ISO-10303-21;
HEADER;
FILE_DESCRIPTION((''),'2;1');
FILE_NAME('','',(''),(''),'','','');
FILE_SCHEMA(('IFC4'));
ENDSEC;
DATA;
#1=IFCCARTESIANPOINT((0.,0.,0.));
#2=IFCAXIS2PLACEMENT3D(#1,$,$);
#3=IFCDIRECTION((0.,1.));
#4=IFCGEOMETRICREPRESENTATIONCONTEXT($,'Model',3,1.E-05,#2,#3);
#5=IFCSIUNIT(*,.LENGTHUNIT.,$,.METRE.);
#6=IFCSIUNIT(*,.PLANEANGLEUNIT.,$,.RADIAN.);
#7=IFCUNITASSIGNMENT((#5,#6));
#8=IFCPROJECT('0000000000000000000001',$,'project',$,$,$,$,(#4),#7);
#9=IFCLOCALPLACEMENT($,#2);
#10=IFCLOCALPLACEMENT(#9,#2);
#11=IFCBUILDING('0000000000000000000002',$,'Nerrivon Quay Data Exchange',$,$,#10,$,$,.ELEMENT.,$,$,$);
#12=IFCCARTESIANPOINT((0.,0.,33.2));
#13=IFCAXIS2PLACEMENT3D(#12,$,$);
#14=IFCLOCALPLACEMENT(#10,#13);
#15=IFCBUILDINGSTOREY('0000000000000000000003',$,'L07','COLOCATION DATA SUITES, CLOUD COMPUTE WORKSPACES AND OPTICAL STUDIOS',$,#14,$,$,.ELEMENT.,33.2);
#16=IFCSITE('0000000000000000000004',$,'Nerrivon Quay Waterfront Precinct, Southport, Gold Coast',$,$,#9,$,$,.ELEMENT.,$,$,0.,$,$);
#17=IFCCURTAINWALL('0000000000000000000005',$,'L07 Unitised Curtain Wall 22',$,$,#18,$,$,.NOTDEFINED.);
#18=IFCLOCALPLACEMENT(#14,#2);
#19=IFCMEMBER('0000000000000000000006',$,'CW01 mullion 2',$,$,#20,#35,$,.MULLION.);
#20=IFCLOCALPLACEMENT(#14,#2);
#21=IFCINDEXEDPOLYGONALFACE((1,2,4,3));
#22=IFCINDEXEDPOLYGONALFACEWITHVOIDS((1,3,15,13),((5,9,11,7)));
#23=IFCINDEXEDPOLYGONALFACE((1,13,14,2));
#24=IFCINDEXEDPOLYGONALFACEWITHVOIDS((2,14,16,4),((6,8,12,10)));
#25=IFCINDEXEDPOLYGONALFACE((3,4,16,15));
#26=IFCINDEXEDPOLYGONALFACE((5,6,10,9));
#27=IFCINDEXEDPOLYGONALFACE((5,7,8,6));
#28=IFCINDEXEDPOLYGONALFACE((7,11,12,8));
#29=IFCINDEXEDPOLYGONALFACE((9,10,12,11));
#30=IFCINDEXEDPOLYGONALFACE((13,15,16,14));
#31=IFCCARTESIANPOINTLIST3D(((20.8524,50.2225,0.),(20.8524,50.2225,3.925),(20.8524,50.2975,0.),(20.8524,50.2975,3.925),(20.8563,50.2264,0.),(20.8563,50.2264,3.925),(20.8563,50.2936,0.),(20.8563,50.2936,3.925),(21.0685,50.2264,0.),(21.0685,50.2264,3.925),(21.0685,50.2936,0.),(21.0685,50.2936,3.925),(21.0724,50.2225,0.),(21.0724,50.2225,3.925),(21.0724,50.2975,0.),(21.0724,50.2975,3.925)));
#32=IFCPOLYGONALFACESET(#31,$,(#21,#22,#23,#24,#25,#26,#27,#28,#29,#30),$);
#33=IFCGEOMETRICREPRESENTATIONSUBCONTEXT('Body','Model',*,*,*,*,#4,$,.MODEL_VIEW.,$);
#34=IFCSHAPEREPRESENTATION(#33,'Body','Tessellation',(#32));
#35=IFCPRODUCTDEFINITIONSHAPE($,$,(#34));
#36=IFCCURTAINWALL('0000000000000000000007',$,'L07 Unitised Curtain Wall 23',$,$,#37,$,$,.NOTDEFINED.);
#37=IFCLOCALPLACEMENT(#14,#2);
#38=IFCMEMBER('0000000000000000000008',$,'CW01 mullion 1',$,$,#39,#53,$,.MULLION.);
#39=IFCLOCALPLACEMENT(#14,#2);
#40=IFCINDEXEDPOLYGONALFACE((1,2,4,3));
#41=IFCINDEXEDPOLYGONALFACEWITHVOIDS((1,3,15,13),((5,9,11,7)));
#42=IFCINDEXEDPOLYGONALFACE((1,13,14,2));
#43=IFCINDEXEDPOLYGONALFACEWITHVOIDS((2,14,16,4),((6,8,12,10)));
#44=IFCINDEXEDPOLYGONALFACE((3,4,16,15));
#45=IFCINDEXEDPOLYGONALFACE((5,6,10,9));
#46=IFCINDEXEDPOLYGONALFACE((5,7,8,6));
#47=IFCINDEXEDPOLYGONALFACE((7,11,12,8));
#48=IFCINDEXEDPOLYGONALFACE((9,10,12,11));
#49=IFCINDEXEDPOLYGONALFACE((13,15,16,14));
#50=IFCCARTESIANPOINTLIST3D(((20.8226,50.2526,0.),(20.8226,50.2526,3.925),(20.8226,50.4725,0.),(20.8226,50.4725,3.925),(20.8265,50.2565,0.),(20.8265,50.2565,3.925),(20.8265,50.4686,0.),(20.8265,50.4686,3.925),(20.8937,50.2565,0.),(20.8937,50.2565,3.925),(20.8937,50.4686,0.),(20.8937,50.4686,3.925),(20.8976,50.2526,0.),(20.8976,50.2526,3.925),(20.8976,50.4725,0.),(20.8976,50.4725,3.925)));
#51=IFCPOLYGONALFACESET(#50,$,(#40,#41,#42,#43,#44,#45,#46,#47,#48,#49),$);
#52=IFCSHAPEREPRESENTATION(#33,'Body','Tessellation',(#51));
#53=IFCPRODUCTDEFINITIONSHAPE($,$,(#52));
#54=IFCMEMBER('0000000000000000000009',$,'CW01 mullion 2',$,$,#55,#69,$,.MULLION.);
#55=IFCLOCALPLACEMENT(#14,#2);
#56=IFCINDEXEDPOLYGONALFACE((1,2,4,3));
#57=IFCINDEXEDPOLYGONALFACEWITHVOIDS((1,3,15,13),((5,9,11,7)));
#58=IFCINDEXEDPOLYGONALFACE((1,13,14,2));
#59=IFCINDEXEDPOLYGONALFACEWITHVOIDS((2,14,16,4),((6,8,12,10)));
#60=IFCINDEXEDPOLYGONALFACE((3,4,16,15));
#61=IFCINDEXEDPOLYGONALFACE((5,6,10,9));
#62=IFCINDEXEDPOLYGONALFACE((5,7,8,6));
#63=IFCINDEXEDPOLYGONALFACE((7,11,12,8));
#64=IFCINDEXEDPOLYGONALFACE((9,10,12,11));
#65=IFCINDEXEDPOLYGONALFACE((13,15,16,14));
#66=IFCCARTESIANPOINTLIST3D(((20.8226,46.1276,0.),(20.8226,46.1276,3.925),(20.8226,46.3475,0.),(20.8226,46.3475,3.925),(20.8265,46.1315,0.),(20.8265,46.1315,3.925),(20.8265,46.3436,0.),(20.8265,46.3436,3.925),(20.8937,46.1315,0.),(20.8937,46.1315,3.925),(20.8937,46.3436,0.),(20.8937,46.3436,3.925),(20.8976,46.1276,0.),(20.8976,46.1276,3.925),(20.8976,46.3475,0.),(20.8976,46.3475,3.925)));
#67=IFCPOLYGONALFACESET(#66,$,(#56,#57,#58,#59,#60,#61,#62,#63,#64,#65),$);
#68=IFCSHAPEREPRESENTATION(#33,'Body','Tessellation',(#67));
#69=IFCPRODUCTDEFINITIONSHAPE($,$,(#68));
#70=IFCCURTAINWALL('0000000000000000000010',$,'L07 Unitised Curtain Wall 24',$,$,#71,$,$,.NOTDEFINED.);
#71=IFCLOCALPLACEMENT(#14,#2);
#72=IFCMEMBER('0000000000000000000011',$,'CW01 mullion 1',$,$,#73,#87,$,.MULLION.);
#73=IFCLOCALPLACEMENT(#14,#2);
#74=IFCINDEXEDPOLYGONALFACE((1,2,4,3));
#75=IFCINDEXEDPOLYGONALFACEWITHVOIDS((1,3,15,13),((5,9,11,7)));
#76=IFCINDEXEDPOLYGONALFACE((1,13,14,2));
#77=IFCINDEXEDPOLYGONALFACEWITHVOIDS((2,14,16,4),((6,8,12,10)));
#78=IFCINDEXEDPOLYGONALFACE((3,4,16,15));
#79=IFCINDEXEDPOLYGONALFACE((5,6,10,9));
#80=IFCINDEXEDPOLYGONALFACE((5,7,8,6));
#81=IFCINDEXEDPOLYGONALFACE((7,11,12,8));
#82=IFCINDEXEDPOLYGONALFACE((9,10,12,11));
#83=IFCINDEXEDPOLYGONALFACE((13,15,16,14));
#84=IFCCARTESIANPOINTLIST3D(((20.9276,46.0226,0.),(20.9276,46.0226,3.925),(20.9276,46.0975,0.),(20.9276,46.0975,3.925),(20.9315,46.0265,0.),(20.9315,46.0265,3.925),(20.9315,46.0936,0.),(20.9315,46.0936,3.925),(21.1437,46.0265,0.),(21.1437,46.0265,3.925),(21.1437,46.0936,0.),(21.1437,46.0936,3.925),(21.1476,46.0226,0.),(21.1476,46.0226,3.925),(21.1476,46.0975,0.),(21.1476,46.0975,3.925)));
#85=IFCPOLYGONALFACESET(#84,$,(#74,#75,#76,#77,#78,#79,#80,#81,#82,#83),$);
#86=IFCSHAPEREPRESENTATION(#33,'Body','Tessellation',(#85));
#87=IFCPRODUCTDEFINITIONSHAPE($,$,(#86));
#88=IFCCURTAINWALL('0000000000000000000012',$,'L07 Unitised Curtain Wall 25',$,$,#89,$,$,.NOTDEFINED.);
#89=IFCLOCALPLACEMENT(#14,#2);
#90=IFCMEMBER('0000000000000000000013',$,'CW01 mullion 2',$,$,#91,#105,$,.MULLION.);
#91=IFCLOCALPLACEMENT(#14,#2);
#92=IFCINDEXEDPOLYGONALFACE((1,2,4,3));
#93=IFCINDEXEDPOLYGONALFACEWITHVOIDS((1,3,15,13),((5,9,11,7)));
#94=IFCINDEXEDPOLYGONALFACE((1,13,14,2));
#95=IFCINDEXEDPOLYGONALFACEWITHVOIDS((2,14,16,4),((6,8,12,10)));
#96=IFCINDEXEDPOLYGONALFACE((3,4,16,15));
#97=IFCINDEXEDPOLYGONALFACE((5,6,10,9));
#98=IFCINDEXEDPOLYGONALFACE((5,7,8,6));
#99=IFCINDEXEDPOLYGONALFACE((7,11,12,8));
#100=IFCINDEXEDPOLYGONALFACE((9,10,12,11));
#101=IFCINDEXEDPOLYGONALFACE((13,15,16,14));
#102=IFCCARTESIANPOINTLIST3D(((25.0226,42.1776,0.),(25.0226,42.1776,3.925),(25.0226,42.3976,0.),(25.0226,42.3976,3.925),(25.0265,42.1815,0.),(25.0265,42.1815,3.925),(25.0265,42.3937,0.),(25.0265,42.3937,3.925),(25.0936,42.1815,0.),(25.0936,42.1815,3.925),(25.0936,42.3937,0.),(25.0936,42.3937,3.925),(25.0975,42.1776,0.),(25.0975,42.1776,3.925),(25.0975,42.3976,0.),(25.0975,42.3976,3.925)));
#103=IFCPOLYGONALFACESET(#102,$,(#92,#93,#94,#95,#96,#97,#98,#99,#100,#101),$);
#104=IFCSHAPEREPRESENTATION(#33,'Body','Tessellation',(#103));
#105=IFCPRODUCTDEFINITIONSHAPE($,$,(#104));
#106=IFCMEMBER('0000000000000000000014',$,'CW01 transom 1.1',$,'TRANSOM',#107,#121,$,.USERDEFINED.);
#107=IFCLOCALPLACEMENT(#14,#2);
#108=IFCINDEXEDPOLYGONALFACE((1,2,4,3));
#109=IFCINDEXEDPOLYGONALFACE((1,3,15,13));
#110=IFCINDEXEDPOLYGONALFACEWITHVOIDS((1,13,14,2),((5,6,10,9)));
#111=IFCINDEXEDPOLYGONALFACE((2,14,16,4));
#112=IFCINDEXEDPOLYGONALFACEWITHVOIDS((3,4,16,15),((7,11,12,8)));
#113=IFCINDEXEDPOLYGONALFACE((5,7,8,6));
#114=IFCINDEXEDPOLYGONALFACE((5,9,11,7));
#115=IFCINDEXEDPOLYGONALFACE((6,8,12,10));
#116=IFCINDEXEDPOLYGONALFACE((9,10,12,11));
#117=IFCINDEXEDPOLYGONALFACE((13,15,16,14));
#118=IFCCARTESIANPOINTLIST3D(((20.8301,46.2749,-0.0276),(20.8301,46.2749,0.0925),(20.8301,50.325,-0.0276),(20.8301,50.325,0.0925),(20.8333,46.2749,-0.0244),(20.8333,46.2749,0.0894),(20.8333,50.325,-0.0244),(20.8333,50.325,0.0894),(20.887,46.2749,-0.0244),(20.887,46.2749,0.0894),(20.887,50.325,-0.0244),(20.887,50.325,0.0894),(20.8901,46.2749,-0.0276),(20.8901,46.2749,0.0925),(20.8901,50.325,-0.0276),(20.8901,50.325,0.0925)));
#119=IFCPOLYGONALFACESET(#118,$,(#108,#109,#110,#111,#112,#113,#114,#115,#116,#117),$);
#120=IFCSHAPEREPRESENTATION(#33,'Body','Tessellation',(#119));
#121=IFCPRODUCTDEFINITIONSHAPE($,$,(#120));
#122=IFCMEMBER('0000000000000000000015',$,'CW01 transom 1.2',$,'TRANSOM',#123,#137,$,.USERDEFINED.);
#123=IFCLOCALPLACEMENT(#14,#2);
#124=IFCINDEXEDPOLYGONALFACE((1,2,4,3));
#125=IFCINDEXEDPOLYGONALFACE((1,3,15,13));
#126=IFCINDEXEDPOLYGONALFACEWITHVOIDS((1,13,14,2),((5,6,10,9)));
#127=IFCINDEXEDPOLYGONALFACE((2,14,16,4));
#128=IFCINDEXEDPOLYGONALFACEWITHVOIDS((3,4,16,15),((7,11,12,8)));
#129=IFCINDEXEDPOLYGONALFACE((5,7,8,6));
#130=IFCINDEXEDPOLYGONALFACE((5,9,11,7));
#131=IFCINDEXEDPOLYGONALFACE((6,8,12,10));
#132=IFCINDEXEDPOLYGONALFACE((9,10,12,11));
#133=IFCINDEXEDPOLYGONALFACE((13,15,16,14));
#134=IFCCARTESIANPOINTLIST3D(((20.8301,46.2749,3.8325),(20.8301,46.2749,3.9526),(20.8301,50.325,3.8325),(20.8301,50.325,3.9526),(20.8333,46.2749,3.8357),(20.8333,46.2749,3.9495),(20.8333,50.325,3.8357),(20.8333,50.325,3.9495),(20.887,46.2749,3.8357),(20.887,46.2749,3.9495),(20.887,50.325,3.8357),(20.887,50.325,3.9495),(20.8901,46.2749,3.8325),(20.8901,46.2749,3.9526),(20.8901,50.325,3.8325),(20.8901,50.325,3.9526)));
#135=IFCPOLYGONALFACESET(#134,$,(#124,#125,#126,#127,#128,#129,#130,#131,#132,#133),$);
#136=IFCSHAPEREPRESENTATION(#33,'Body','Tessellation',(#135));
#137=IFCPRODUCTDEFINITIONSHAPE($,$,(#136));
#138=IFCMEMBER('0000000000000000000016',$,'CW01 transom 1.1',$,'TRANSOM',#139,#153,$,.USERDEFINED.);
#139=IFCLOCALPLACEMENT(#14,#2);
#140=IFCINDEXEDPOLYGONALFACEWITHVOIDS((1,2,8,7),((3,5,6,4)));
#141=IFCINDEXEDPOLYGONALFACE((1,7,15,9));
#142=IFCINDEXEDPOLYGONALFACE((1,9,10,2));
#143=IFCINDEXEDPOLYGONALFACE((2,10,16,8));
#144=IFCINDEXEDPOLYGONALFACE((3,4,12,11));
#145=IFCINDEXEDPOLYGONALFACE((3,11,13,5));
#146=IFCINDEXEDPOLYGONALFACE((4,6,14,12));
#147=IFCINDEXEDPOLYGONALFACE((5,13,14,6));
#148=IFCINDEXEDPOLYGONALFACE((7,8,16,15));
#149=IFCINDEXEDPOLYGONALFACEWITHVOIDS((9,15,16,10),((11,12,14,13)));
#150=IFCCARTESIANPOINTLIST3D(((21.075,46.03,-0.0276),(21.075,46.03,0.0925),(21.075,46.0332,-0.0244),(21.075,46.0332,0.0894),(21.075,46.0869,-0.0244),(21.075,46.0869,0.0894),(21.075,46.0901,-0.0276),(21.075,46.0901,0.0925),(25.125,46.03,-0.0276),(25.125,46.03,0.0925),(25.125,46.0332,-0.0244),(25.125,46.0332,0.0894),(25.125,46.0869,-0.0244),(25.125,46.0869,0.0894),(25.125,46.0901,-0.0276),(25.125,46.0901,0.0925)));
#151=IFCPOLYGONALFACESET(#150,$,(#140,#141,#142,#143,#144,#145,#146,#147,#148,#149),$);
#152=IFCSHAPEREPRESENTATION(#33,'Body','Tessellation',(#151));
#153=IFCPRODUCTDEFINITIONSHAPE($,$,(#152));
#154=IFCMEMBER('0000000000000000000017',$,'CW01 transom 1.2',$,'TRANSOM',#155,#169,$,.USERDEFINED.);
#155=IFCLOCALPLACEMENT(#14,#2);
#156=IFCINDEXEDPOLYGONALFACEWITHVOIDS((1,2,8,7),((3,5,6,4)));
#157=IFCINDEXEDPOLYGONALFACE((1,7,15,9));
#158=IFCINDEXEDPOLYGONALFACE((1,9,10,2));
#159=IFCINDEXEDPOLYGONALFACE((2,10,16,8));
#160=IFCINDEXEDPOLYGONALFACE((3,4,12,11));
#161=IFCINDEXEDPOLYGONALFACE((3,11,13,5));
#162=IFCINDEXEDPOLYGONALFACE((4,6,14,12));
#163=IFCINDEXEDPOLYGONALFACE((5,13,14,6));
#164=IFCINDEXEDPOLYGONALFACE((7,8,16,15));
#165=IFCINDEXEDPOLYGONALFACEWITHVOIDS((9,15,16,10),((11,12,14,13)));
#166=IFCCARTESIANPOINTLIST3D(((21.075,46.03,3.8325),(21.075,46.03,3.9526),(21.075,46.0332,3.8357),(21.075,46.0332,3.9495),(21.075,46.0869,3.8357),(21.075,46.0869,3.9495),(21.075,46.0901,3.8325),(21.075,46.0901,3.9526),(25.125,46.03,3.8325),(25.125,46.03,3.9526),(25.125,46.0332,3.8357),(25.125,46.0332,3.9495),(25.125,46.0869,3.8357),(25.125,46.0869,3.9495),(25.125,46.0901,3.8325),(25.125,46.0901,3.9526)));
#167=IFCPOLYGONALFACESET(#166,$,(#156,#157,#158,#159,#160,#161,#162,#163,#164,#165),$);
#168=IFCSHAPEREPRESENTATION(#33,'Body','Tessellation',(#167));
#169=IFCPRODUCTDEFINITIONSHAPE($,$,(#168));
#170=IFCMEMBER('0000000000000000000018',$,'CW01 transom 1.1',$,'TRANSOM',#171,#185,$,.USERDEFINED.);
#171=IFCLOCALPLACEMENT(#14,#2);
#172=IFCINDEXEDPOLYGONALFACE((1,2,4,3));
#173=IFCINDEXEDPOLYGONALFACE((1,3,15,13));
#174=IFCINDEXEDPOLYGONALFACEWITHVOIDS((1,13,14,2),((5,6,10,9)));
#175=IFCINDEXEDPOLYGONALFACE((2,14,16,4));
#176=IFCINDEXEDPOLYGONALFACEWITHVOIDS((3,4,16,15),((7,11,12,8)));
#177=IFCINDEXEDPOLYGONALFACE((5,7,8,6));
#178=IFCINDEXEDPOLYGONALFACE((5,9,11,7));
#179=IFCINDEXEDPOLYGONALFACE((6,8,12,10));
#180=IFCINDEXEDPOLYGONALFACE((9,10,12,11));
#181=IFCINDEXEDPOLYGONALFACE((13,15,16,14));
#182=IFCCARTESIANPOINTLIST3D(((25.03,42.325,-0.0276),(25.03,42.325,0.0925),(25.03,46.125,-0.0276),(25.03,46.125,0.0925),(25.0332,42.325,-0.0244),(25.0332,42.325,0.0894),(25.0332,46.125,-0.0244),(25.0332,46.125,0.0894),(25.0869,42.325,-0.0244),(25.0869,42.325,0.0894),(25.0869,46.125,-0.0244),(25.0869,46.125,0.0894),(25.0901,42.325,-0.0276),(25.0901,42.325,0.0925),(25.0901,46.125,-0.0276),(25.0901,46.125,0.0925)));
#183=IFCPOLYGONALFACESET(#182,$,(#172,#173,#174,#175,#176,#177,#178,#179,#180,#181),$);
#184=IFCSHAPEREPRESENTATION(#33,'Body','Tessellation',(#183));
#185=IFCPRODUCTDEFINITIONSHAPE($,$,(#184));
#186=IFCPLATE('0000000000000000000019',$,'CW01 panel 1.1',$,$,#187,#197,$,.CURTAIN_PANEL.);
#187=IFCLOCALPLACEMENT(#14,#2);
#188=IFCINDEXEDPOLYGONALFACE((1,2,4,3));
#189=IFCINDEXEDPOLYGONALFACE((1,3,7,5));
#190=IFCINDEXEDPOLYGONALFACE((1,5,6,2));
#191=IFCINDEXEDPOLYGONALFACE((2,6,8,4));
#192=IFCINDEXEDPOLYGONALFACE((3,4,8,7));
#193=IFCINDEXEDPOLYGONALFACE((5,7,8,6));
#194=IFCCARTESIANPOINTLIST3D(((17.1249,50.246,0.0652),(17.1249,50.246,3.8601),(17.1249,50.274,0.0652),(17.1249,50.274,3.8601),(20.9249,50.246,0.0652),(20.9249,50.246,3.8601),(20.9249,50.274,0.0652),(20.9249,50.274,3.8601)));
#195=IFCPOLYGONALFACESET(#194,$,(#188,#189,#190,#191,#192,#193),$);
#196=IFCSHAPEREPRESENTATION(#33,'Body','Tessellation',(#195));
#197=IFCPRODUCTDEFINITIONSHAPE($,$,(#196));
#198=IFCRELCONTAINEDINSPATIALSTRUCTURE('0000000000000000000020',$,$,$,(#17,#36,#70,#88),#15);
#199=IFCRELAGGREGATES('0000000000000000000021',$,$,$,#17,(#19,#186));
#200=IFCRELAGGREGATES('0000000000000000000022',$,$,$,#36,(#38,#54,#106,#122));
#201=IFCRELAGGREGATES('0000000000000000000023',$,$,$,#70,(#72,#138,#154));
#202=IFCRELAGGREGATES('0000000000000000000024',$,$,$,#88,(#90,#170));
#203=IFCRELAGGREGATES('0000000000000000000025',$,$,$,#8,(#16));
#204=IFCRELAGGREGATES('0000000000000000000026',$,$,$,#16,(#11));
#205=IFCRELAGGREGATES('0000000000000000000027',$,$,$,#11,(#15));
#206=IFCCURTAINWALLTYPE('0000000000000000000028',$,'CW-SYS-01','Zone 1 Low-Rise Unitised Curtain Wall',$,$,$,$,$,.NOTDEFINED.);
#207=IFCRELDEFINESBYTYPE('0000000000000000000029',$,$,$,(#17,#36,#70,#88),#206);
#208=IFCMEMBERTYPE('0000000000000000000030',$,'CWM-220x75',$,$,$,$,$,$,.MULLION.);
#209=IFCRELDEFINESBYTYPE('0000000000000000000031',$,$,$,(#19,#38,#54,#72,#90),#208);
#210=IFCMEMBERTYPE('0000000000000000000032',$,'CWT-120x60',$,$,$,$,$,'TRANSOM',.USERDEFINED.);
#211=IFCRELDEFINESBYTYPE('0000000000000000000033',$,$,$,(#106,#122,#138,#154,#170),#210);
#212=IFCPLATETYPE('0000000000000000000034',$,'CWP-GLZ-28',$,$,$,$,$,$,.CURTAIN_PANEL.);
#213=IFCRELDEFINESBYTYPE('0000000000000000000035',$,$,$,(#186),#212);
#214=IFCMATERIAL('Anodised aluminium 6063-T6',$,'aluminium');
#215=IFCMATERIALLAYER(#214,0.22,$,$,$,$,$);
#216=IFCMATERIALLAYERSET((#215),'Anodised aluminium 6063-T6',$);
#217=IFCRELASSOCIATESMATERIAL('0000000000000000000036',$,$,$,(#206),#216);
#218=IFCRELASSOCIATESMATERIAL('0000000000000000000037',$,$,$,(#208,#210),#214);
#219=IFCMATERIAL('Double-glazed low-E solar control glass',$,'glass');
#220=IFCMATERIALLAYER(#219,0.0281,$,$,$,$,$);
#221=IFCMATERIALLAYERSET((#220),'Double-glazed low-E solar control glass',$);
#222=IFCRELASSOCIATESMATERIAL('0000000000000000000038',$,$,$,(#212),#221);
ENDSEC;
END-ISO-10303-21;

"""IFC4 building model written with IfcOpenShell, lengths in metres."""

from ifc_helpers import new_model, si_unit, direction, frame, origin, origin_2d, place, context, subcontext, project, spatial, rectangle, hollow_rectangle, extrude, material, layer, layer_set, material_profile, profile_set, type_object, element, aggregate, save


model = new_model("IFC4")

# Units and contexts
model_context = context("Model", 3, precision=1e-05, world=origin(), true_north=direction((0.0, 1.0)))
body_context = subcontext(model_context, "Body", "Model", "MODEL_VIEW")
ifc_project = project(units=[si_unit("LENGTHUNIT", "METRE"), si_unit("PLANEANGLEUNIT", "RADIAN")], contexts=[model_context])

# Site, building, storey
site_placement = place(None, origin())
site = spatial("IfcSite", under=ifc_project, at=site_placement, Name="Nerrivon Quay Waterfront Precinct, Southport, Gold Coast", CompositionType="ELEMENT", RefElevation=0.0)
building_placement = place(site_placement, origin())
building = spatial("IfcBuilding", under=site, at=building_placement, Name="Nerrivon Quay Data Exchange", CompositionType="ELEMENT")
storey_placement = place(building_placement, frame((0.0, 0.0, 33.2)))
storey = spatial("IfcBuildingStorey", under=building, at=storey_placement, Name="L07", Description="COLOCATION DATA SUITES, CLOUD COMPUTE WORKSPACES AND OPTICAL STUDIOS", CompositionType="ELEMENT", Elevation=33.2)

# Curtain wall, member
ifc_material_1 = material(Name="Anodised aluminium 6063-T6", Category="aluminium")
ifc_layer_1 = layer(ifc_material_1, 0.22)
ifc_layer_set_1 = layer_set([ifc_layer_1], Name="Anodised aluminium 6063-T6")
curtain_wall_type = type_object("IfcCurtainWallType", Name="CW-SYS-01", Description="Zone 1 Low-Rise Unitised Curtain Wall", PredefinedType="NOTDEFINED", material=ifc_layer_set_1)
curtain_wall_1_placement = place(storey_placement, origin())
curtain_wall_1 = element("IfcCurtainWall", 1, at=curtain_wall_1_placement, inside=storey, type_object=curtain_wall_type, Name="L07 Unitised Curtain Wall 22", PredefinedType="NOTDEFINED")
ifc_material_profile_1 = material_profile(ifc_material_1, hollow_rectangle(XDim=0.075, YDim=0.22, WallThickness=0.0039, at=origin_2d()), Name="ALU-MULL-220x75")
ifc_profile_set_1 = profile_set([ifc_material_profile_1], Name="Anodised aluminium 6063-T6")
member_type_1 = type_object("IfcMemberType", Name="CWM-220x75", PredefinedType="MULLION", material=ifc_profile_set_1)
member_1_placement = place(storey_placement, frame((20.9624, 50.26, 0.0), z_axis=(0.0, 0.0, 1.0), x_axis=(0.0, 1.0, 0.0)))
member_1 = element("IfcMember", 2, at=member_1_placement, type_object=member_type_1, Name="CW01 mullion 2", PredefinedType="MULLION", context=body_context, shape_type="SweptSolid", body=[
    extrude(hollow_rectangle(XDim=0.075, YDim=0.22, WallThickness=0.0039, at=origin_2d()), origin(), (0.0, 0.0, 1.0), 3.925),
])

# Curtain wall, members
curtain_wall_2_placement = place(storey_placement, origin())
curtain_wall_2 = element("IfcCurtainWall", 3, at=curtain_wall_2_placement, inside=storey, type_object=curtain_wall_type, Name="L07 Unitised Curtain Wall 23", PredefinedType="NOTDEFINED")
member_2_placement = place(storey_placement, frame((20.8601, 50.3625, 0.0), z_axis=(0.0, 0.0, 1.0), x_axis=(1.0, 0.0, 0.0)))
member_2 = element("IfcMember", 4, at=member_2_placement, type_object=member_type_1, Name="CW01 mullion 1", PredefinedType="MULLION", context=body_context, shape_type="SweptSolid", body=[
    extrude(hollow_rectangle(XDim=0.075, YDim=0.22, WallThickness=0.0039, at=origin_2d()), origin(), (0.0, 0.0, 1.0), 3.925),
])
member_3_placement = place(storey_placement, frame((20.8601, 46.2375, 0.0), z_axis=(0.0, 0.0, 1.0), x_axis=(1.0, 0.0, 0.0)))
member_3 = element("IfcMember", 5, at=member_3_placement, type_object=member_type_1, Name="CW01 mullion 2", PredefinedType="MULLION", context=body_context, shape_type="SweptSolid", body=[
    extrude(hollow_rectangle(XDim=0.075, YDim=0.22, WallThickness=0.0039, at=origin_2d()), origin(), (0.0, 0.0, 1.0), 3.925),
])

# Curtain walls, members
curtain_wall_3_placement = place(storey_placement, origin())
curtain_wall_3 = element("IfcCurtainWall", 6, at=curtain_wall_3_placement, inside=storey, type_object=curtain_wall_type, Name="L07 Unitised Curtain Wall 24", PredefinedType="NOTDEFINED")
member_4_placement = place(storey_placement, frame((21.0376, 46.0601, 0.0), z_axis=(0.0, 0.0, 1.0), x_axis=(0.0, 1.0, 0.0)))
member_4 = element("IfcMember", 7, at=member_4_placement, type_object=member_type_1, Name="CW01 mullion 1", PredefinedType="MULLION", context=body_context, shape_type="SweptSolid", body=[
    extrude(hollow_rectangle(XDim=0.075, YDim=0.22, WallThickness=0.0039, at=origin_2d()), origin(), (0.0, 0.0, 1.0), 3.925),
])
curtain_wall_4_placement = place(storey_placement, origin())
curtain_wall_4 = element("IfcCurtainWall", 8, at=curtain_wall_4_placement, inside=storey, type_object=curtain_wall_type, Name="L07 Unitised Curtain Wall 25", PredefinedType="NOTDEFINED")
member_5_placement = place(storey_placement, frame((25.0601, 42.2876, 0.0), z_axis=(0.0, 0.0, 1.0), x_axis=(1.0, 0.0, 0.0)))
member_5 = element("IfcMember", 9, at=member_5_placement, type_object=member_type_1, Name="CW01 mullion 2", PredefinedType="MULLION", context=body_context, shape_type="SweptSolid", body=[
    extrude(hollow_rectangle(XDim=0.075, YDim=0.22, WallThickness=0.0039, at=origin_2d()), origin(), (0.0, 0.0, 1.0), 3.925),
])

# Members
ifc_material_profile_2 = material_profile(ifc_material_1, hollow_rectangle(XDim=0.0601, YDim=0.1201, WallThickness=0.0032, at=origin_2d()), Name="ALU-TRAN-120x60")
ifc_profile_set_2 = profile_set([ifc_material_profile_2], Name="Anodised aluminium 6063-T6")
member_type_2 = type_object("IfcMemberType", Name="CWT-120x60", ElementType="TRANSOM", PredefinedType="USERDEFINED", material=ifc_profile_set_2)
member_6_placement = place(storey_placement, frame((20.8601, 50.325, 0.0325), z_axis=(0.0, -1.0, 0.0), x_axis=(1.0, 0.0, 0.0)))
member_6 = element("IfcMember", 10, at=member_6_placement, type_object=member_type_2, Name="CW01 transom 1.1", ObjectType="TRANSOM", PredefinedType="USERDEFINED", context=body_context, shape_type="SweptSolid", body=[
    extrude(hollow_rectangle(XDim=0.0601, YDim=0.1201, WallThickness=0.0032, at=origin_2d()), origin(), (0.0, 0.0, 1.0), 4.05),
])
member_7_placement = place(storey_placement, frame((20.8601, 50.325, 3.8926), z_axis=(0.0, -1.0, 0.0), x_axis=(1.0, 0.0, 0.0)))
member_7 = element("IfcMember", 11, at=member_7_placement, type_object=member_type_2, Name="CW01 transom 1.2", ObjectType="TRANSOM", PredefinedType="USERDEFINED", context=body_context, shape_type="SweptSolid", body=[
    extrude(hollow_rectangle(XDim=0.0601, YDim=0.1201, WallThickness=0.0032, at=origin_2d()), origin(), (0.0, 0.0, 1.0), 4.05),
])
member_8_placement = place(storey_placement, frame((21.075, 46.0601, 0.0325), z_axis=(1.0, 0.0, 0.0), x_axis=(0.0, 1.0, 0.0)))
member_8 = element("IfcMember", 12, at=member_8_placement, type_object=member_type_2, Name="CW01 transom 1.1", ObjectType="TRANSOM", PredefinedType="USERDEFINED", context=body_context, shape_type="SweptSolid", body=[
    extrude(hollow_rectangle(XDim=0.0601, YDim=0.1201, WallThickness=0.0032, at=origin_2d()), origin(), (0.0, 0.0, 1.0), 4.05),
])
member_9_placement = place(storey_placement, frame((21.075, 46.0601, 3.8926), z_axis=(1.0, 0.0, 0.0), x_axis=(0.0, 1.0, 0.0)))
member_9 = element("IfcMember", 13, at=member_9_placement, type_object=member_type_2, Name="CW01 transom 1.2", ObjectType="TRANSOM", PredefinedType="USERDEFINED", context=body_context, shape_type="SweptSolid", body=[
    extrude(hollow_rectangle(XDim=0.0601, YDim=0.1201, WallThickness=0.0032, at=origin_2d()), origin(), (0.0, 0.0, 1.0), 4.05),
])
member_10_placement = place(storey_placement, frame((25.0601, 46.125, 0.0325), z_axis=(0.0, -1.0, 0.0), x_axis=(1.0, 0.0, 0.0)))
member_10 = element("IfcMember", 14, at=member_10_placement, type_object=member_type_2, Name="CW01 transom 1.1", ObjectType="TRANSOM", PredefinedType="USERDEFINED", context=body_context, shape_type="SweptSolid", body=[
    extrude(hollow_rectangle(XDim=0.0601, YDim=0.1201, WallThickness=0.0032, at=origin_2d()), origin(), (0.0, 0.0, 1.0), 3.8),
])

# Plate
ifc_material_2 = material(Name="Double-glazed low-E solar control glass", Category="glass")
ifc_layer_2 = layer(ifc_material_2, 0.0281)
ifc_layer_set_2 = layer_set([ifc_layer_2], Name="Double-glazed low-E solar control glass")
plate_type = type_object("IfcPlateType", Name="CWP-GLZ-28", PredefinedType="CURTAIN_PANEL", material=ifc_layer_set_2)
plate_1_placement = place(storey_placement, frame((19.0249, 50.26, 0.0652), z_axis=(0.0, 0.0, 1.0), x_axis=(1.0, 0.0, 0.0)))
plate_1 = element("IfcPlate", 15, at=plate_1_placement, type_object=plate_type, Name="CW01 panel 1.1", PredefinedType="CURTAIN_PANEL", context=body_context, shape_type="SweptSolid", body=[
    extrude(rectangle(XDim=3.8, YDim=0.0281, at=origin_2d()), origin(), (0.0, 0.0, 1.0), 3.7949),
])
aggregate(curtain_wall_1, [member_1, plate_1])
aggregate(curtain_wall_2, [member_2, member_3, member_6, member_7])
aggregate(curtain_wall_3, [member_4, member_8, member_9])
aggregate(curtain_wall_4, [member_5, member_10])

save(model, "model.ifc")
